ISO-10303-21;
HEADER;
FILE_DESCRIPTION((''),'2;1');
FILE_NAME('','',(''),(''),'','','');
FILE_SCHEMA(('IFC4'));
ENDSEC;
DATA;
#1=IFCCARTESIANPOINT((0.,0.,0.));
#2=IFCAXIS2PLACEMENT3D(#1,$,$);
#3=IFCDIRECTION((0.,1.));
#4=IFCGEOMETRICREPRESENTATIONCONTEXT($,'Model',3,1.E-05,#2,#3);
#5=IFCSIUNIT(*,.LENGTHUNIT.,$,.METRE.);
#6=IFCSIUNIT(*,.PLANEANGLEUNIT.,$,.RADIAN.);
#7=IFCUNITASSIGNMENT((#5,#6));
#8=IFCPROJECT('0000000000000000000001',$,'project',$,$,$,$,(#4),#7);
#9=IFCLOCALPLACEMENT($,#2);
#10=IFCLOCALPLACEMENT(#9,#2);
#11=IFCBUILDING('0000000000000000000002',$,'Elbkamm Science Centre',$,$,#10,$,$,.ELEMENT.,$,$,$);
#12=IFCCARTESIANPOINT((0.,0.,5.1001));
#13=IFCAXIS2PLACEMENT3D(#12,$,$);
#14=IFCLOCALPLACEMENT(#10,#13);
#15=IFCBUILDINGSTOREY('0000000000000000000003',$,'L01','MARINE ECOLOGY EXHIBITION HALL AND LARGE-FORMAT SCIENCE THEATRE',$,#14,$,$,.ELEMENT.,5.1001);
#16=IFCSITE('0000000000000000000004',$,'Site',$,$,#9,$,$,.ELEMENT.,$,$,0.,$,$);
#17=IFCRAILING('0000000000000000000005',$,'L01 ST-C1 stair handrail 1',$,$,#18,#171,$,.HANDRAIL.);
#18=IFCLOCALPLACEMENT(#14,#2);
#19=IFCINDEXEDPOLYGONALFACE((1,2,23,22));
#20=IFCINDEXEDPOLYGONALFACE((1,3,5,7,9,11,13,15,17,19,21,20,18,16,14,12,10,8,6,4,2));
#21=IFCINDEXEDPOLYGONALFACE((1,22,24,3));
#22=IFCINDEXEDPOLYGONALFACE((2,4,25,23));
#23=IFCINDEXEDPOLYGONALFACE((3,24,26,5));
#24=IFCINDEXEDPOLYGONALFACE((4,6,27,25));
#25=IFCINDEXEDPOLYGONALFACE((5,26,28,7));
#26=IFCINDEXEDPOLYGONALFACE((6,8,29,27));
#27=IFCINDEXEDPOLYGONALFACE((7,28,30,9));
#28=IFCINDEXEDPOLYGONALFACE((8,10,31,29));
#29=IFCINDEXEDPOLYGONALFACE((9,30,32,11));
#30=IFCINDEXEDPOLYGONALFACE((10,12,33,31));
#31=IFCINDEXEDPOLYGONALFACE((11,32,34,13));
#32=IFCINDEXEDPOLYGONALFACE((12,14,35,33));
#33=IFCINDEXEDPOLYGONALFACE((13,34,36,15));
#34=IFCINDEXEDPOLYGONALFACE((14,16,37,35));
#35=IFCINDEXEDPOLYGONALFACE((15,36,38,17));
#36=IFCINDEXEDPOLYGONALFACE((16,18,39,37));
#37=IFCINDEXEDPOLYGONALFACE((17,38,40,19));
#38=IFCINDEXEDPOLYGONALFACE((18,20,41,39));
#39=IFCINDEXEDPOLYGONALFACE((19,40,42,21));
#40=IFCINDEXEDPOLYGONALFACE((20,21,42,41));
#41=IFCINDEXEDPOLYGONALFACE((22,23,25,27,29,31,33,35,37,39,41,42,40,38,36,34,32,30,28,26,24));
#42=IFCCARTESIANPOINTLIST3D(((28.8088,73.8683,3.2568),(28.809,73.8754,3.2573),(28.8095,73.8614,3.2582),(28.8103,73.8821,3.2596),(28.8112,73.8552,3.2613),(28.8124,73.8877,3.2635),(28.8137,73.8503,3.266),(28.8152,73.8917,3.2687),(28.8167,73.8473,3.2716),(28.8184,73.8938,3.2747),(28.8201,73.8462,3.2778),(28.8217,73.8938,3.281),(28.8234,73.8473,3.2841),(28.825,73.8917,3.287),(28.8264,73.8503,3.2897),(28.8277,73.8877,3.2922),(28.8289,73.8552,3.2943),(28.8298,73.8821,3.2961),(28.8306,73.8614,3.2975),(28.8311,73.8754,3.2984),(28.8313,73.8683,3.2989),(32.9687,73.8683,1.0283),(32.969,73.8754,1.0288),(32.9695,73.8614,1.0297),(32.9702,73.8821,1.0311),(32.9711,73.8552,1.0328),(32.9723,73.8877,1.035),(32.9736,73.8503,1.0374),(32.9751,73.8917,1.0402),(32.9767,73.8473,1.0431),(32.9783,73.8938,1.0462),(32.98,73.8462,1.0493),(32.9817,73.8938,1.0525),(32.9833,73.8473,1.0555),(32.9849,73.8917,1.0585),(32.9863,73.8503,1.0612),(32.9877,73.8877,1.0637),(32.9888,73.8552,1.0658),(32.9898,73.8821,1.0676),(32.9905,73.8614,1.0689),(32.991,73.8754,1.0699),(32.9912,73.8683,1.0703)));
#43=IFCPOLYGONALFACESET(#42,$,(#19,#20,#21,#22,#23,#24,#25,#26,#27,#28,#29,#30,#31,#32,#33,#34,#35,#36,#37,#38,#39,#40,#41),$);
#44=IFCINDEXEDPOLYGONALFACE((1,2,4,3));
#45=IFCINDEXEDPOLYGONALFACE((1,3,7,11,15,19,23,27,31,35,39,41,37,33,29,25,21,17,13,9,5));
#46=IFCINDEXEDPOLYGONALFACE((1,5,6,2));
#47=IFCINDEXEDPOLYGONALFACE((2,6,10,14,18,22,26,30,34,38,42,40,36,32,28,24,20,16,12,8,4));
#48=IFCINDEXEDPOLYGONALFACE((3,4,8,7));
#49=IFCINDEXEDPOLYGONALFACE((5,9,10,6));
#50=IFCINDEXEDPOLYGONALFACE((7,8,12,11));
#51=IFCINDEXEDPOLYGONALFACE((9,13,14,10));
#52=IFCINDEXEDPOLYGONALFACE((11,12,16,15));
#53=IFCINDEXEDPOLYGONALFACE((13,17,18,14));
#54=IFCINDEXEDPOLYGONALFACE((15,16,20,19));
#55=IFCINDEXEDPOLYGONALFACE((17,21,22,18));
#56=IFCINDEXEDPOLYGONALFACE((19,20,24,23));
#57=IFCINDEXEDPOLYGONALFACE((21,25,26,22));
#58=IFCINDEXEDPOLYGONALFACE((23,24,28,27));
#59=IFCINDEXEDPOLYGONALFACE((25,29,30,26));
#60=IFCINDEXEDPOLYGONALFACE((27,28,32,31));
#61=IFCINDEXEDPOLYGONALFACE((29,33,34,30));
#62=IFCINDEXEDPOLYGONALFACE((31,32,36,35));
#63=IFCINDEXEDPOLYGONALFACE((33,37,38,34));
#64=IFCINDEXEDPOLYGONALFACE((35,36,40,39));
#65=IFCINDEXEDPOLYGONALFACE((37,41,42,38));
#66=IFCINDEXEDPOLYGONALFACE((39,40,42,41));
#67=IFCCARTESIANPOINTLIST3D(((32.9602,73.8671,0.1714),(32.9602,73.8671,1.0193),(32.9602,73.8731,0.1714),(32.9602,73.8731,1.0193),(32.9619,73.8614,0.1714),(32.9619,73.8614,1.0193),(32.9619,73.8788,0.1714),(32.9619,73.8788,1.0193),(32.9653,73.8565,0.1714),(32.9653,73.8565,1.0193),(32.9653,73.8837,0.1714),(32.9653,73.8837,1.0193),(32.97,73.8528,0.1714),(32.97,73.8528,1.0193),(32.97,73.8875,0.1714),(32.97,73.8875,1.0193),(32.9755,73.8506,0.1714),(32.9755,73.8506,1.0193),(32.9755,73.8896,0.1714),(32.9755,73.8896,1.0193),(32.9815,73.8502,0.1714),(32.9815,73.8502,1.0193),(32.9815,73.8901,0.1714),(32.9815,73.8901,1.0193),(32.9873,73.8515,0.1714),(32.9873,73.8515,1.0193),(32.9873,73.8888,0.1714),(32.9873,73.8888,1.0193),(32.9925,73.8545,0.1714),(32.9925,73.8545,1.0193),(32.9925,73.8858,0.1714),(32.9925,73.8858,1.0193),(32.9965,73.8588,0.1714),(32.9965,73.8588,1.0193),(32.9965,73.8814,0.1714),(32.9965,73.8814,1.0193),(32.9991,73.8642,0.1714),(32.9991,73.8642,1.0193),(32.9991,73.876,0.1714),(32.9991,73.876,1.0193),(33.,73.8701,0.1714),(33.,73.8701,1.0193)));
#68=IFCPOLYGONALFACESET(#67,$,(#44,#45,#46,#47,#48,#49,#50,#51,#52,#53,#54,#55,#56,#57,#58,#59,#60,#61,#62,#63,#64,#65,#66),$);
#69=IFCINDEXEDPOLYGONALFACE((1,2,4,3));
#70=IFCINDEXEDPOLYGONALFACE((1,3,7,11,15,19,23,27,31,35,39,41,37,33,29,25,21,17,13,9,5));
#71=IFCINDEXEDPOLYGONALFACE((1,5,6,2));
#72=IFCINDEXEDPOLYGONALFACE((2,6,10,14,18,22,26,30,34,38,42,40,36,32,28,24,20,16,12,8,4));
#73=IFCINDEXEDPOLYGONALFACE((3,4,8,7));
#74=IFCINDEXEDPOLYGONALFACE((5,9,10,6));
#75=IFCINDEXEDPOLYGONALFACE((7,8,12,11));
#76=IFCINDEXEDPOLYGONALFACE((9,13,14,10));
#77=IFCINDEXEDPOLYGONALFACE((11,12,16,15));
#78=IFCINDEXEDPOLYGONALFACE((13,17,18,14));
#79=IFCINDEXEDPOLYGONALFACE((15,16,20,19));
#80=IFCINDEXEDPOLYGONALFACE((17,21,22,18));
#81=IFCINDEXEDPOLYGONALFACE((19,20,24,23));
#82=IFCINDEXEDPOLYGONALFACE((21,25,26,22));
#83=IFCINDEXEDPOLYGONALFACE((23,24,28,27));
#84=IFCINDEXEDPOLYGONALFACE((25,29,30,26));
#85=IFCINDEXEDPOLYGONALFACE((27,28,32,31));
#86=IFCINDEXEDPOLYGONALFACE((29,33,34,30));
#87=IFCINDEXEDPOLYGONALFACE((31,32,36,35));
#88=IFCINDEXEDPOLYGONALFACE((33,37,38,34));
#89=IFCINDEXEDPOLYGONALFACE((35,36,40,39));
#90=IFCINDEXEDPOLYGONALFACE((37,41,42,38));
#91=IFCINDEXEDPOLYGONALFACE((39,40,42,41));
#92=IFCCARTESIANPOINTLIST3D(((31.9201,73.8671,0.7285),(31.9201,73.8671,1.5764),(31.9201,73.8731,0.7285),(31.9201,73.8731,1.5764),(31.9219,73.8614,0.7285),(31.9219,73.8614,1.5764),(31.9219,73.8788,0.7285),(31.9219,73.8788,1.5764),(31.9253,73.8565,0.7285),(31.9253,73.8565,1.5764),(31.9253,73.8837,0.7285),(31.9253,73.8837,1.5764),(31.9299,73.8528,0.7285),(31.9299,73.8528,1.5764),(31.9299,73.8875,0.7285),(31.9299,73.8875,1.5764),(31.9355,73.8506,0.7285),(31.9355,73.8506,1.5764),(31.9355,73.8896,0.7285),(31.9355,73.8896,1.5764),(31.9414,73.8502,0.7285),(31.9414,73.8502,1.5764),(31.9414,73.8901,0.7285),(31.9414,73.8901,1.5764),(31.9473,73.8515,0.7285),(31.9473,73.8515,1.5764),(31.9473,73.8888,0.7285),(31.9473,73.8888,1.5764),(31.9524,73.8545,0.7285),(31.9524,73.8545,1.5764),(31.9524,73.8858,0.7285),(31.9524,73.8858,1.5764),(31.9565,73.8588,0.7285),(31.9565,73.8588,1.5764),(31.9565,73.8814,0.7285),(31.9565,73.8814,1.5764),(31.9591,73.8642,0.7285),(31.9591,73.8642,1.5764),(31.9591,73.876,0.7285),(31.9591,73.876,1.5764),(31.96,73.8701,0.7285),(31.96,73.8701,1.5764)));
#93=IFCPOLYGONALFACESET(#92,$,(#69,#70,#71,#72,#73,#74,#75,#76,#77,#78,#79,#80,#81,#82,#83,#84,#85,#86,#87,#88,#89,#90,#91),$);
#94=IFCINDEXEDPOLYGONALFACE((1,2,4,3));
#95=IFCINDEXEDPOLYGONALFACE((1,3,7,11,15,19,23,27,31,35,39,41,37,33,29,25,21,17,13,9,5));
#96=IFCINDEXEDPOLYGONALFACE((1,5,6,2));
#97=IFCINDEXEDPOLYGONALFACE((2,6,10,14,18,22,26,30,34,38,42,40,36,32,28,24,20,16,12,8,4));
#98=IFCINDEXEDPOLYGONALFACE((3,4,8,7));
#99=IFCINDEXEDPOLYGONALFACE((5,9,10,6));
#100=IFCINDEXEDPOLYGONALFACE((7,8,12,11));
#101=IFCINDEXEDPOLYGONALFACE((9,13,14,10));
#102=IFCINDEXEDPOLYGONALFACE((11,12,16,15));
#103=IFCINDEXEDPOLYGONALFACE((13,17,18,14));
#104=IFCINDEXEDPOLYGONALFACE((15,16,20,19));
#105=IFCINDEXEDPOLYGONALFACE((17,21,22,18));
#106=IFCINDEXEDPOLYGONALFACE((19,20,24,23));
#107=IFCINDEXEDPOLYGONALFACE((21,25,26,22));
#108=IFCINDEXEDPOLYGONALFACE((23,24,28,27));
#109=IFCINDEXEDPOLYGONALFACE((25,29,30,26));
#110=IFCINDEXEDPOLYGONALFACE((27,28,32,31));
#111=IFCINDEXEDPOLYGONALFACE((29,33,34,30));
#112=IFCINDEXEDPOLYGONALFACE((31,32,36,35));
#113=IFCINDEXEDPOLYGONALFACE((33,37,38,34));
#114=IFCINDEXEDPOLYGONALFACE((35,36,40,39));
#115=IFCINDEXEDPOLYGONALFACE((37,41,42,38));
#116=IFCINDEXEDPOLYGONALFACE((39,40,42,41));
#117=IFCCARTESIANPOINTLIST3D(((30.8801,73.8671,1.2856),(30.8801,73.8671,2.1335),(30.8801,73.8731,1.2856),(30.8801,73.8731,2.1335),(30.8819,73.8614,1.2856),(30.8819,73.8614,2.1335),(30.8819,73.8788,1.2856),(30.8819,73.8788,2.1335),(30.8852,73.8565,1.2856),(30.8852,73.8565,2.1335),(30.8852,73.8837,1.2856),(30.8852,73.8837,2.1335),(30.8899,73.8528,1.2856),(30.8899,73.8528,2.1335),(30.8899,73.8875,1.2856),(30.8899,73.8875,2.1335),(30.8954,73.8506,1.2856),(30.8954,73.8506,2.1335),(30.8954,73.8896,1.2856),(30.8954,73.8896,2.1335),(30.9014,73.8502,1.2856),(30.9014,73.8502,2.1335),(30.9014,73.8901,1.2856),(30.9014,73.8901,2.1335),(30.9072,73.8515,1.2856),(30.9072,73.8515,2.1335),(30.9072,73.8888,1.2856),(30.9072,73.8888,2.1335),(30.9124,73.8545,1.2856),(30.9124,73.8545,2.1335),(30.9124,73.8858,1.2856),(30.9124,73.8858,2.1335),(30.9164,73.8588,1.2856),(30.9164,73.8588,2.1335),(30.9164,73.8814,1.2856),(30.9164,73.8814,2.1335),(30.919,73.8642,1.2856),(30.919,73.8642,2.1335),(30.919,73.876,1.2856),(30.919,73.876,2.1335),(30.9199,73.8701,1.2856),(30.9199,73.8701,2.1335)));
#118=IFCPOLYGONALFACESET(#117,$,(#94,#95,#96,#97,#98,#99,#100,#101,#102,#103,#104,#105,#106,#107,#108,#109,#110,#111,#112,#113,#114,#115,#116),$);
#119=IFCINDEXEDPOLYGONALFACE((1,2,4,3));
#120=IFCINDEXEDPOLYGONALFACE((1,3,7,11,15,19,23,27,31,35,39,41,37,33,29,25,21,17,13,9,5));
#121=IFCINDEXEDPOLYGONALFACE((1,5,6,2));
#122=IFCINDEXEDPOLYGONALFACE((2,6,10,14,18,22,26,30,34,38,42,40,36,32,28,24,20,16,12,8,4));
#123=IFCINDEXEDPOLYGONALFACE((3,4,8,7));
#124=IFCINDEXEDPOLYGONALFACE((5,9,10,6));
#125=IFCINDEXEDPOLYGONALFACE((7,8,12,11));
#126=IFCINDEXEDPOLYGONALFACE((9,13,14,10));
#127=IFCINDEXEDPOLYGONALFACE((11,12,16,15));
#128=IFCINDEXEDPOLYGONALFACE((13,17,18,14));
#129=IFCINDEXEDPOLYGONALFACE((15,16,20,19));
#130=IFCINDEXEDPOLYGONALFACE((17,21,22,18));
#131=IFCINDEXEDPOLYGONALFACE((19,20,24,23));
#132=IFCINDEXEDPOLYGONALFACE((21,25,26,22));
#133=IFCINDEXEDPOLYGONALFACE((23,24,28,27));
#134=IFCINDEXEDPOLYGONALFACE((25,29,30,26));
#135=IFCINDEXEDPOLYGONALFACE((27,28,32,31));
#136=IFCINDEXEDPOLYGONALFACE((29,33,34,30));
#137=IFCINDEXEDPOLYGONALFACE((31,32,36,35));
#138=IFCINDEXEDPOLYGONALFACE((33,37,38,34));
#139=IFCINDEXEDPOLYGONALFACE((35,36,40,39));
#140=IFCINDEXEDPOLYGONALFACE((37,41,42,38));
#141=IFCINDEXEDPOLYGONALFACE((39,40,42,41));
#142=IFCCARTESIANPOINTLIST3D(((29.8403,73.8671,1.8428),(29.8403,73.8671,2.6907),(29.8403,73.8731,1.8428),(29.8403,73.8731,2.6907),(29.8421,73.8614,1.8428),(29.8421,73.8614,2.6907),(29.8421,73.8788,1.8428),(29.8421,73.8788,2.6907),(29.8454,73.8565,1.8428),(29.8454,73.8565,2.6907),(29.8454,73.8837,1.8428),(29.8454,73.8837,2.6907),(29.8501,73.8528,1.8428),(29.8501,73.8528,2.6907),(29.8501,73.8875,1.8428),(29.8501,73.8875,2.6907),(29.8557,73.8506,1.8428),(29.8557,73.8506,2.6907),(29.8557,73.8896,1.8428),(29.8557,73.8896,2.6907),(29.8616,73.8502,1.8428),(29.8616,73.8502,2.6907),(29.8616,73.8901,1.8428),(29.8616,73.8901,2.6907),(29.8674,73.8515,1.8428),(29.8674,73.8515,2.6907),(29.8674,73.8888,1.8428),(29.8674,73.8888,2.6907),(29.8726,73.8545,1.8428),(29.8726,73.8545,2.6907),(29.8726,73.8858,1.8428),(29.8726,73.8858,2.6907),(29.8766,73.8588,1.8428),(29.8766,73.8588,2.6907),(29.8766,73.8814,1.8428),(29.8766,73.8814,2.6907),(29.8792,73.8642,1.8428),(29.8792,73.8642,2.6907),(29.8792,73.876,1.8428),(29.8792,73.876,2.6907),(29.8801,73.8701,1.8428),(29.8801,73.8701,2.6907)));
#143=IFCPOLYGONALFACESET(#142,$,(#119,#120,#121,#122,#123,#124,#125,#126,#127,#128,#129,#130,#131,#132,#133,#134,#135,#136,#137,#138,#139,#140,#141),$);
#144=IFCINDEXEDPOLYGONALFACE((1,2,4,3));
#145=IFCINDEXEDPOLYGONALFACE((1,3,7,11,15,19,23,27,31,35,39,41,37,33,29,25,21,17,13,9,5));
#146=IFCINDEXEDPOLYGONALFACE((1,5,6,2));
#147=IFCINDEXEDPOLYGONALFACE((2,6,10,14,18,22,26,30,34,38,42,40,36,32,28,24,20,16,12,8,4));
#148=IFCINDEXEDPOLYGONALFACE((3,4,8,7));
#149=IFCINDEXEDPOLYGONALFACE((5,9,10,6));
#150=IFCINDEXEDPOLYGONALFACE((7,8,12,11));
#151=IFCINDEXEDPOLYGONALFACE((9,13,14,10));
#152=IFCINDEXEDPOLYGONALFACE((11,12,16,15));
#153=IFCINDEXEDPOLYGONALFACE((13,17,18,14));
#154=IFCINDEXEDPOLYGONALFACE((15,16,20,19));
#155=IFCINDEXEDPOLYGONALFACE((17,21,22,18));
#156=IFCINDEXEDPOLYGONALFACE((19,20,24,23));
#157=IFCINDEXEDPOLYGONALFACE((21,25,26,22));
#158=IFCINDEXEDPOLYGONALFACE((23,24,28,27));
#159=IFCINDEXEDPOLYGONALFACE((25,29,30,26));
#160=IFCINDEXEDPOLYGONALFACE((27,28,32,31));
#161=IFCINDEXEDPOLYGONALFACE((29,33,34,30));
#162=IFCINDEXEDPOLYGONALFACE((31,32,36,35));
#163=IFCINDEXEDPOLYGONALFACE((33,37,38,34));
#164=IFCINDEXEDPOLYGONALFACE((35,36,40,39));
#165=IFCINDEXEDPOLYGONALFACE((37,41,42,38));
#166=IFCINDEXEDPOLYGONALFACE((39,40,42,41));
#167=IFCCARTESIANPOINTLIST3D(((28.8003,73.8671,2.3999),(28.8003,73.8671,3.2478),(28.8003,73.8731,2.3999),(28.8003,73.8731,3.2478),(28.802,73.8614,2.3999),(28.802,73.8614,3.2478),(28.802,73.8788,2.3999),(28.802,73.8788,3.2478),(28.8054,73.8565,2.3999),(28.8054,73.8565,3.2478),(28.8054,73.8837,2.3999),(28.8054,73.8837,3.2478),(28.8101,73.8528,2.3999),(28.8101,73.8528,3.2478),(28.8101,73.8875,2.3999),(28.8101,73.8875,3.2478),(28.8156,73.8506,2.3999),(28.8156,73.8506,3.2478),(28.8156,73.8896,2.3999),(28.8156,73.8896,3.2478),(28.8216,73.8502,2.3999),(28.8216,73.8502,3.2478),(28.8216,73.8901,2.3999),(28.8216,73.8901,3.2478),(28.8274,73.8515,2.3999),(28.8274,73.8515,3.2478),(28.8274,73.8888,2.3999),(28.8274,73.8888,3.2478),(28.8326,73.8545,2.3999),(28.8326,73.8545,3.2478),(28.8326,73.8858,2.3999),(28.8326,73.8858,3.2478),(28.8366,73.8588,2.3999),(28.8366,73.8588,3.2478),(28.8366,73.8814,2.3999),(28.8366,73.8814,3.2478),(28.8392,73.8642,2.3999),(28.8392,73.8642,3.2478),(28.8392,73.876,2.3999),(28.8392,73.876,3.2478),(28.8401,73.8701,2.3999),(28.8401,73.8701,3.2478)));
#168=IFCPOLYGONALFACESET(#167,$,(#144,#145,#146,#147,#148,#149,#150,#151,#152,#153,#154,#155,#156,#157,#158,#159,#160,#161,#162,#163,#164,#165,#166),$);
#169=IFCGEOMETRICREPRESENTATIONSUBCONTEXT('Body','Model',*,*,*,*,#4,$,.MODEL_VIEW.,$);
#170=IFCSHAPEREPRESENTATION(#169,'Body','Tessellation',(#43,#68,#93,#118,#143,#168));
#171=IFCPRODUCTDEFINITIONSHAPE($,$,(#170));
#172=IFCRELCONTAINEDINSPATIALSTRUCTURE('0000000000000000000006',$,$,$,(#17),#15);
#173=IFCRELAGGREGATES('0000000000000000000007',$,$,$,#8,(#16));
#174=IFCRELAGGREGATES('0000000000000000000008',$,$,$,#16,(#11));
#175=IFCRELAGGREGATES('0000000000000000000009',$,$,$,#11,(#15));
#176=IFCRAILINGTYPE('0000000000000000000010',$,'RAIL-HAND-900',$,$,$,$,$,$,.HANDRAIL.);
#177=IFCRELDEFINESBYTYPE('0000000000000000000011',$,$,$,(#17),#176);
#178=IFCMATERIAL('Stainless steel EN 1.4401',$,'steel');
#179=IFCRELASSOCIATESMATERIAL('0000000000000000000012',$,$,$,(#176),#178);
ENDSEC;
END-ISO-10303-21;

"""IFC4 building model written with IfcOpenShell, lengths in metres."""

from ifc_helpers import new_model, si_unit, direction, frame, origin, origin_2d, place, context, subcontext, project, spatial, circle, extrude, material, type_object, element, save


model = new_model("IFC4")

# Units and contexts
model_context = context("Model", 3, precision=1e-05, world=origin(), true_north=direction((0.0, 1.0)))
body_context = subcontext(model_context, "Body", "Model", "MODEL_VIEW")
ifc_project = project(units=[si_unit("LENGTHUNIT", "METRE"), si_unit("PLANEANGLEUNIT", "RADIAN")], contexts=[model_context])

# Site, building, storey
site_placement = place(None, origin())
site = spatial("IfcSite", under=ifc_project, at=site_placement, Name="Site", CompositionType="ELEMENT", RefElevation=0.0)
building_placement = place(site_placement, origin())
building = spatial("IfcBuilding", under=site, at=building_placement, Name="Elbkamm Science Centre", CompositionType="ELEMENT")
storey_placement = place(building_placement, frame((0.0, 0.0, 5.1001)))
storey = spatial("IfcBuildingStorey", under=building, at=storey_placement, Name="L01", Description="MARINE ECOLOGY EXHIBITION HALL AND LARGE-FORMAT SCIENCE THEATRE", CompositionType="ELEMENT", Elevation=5.1001)

# Railing
ifc_material_1 = material(Name="Stainless steel EN 1.4401", Category="steel")
railing_type_1 = type_object("IfcRailingType", Name="RAIL-HAND-900", PredefinedType="HANDRAIL", material=ifc_material_1)
railing_1_placement = place(storey_placement, frame((32.98, 73.8701, 0.1714)))
element("IfcRailing", 1, at=railing_1_placement, inside=storey, type_object=railing_type_1, Name="L01 ST-C1 stair handrail 1", PredefinedType="HANDRAIL", context=body_context, shape_type="SweptSolid", body=[
    extrude(circle(Radius=0.0239, at=origin_2d()), frame((0.0, 0.0, 0.8779), z_axis=(-0.881481, 0.0, 0.47222), x_axis=(0.0, -1.0, 0.0)), (0.0, 0.0, 1.0), 4.7192),
    extrude(circle(Radius=0.02, at=origin_2d()), origin(), (0.0, 0.0, 1.0), 0.8479),
    extrude(circle(Radius=0.02, at=origin_2d()), frame((-1.04, 0.0, 0.5571)), (0.0, 0.0, 1.0), 0.8479),
    extrude(circle(Radius=0.02, at=origin_2d()), frame((-2.0801, 0.0, 1.1143)), (0.0, 0.0, 1.0), 0.8479),
    extrude(circle(Radius=0.02, at=origin_2d()), frame((-3.1199, 0.0, 1.6714)), (0.0, 0.0, 1.0), 0.8479),
    extrude(circle(Radius=0.02, at=origin_2d()), frame((-4.1599, 0.0, 2.2285)), (0.0, 0.0, 1.0), 0.8479),
])

save(model, "model.ifc")
